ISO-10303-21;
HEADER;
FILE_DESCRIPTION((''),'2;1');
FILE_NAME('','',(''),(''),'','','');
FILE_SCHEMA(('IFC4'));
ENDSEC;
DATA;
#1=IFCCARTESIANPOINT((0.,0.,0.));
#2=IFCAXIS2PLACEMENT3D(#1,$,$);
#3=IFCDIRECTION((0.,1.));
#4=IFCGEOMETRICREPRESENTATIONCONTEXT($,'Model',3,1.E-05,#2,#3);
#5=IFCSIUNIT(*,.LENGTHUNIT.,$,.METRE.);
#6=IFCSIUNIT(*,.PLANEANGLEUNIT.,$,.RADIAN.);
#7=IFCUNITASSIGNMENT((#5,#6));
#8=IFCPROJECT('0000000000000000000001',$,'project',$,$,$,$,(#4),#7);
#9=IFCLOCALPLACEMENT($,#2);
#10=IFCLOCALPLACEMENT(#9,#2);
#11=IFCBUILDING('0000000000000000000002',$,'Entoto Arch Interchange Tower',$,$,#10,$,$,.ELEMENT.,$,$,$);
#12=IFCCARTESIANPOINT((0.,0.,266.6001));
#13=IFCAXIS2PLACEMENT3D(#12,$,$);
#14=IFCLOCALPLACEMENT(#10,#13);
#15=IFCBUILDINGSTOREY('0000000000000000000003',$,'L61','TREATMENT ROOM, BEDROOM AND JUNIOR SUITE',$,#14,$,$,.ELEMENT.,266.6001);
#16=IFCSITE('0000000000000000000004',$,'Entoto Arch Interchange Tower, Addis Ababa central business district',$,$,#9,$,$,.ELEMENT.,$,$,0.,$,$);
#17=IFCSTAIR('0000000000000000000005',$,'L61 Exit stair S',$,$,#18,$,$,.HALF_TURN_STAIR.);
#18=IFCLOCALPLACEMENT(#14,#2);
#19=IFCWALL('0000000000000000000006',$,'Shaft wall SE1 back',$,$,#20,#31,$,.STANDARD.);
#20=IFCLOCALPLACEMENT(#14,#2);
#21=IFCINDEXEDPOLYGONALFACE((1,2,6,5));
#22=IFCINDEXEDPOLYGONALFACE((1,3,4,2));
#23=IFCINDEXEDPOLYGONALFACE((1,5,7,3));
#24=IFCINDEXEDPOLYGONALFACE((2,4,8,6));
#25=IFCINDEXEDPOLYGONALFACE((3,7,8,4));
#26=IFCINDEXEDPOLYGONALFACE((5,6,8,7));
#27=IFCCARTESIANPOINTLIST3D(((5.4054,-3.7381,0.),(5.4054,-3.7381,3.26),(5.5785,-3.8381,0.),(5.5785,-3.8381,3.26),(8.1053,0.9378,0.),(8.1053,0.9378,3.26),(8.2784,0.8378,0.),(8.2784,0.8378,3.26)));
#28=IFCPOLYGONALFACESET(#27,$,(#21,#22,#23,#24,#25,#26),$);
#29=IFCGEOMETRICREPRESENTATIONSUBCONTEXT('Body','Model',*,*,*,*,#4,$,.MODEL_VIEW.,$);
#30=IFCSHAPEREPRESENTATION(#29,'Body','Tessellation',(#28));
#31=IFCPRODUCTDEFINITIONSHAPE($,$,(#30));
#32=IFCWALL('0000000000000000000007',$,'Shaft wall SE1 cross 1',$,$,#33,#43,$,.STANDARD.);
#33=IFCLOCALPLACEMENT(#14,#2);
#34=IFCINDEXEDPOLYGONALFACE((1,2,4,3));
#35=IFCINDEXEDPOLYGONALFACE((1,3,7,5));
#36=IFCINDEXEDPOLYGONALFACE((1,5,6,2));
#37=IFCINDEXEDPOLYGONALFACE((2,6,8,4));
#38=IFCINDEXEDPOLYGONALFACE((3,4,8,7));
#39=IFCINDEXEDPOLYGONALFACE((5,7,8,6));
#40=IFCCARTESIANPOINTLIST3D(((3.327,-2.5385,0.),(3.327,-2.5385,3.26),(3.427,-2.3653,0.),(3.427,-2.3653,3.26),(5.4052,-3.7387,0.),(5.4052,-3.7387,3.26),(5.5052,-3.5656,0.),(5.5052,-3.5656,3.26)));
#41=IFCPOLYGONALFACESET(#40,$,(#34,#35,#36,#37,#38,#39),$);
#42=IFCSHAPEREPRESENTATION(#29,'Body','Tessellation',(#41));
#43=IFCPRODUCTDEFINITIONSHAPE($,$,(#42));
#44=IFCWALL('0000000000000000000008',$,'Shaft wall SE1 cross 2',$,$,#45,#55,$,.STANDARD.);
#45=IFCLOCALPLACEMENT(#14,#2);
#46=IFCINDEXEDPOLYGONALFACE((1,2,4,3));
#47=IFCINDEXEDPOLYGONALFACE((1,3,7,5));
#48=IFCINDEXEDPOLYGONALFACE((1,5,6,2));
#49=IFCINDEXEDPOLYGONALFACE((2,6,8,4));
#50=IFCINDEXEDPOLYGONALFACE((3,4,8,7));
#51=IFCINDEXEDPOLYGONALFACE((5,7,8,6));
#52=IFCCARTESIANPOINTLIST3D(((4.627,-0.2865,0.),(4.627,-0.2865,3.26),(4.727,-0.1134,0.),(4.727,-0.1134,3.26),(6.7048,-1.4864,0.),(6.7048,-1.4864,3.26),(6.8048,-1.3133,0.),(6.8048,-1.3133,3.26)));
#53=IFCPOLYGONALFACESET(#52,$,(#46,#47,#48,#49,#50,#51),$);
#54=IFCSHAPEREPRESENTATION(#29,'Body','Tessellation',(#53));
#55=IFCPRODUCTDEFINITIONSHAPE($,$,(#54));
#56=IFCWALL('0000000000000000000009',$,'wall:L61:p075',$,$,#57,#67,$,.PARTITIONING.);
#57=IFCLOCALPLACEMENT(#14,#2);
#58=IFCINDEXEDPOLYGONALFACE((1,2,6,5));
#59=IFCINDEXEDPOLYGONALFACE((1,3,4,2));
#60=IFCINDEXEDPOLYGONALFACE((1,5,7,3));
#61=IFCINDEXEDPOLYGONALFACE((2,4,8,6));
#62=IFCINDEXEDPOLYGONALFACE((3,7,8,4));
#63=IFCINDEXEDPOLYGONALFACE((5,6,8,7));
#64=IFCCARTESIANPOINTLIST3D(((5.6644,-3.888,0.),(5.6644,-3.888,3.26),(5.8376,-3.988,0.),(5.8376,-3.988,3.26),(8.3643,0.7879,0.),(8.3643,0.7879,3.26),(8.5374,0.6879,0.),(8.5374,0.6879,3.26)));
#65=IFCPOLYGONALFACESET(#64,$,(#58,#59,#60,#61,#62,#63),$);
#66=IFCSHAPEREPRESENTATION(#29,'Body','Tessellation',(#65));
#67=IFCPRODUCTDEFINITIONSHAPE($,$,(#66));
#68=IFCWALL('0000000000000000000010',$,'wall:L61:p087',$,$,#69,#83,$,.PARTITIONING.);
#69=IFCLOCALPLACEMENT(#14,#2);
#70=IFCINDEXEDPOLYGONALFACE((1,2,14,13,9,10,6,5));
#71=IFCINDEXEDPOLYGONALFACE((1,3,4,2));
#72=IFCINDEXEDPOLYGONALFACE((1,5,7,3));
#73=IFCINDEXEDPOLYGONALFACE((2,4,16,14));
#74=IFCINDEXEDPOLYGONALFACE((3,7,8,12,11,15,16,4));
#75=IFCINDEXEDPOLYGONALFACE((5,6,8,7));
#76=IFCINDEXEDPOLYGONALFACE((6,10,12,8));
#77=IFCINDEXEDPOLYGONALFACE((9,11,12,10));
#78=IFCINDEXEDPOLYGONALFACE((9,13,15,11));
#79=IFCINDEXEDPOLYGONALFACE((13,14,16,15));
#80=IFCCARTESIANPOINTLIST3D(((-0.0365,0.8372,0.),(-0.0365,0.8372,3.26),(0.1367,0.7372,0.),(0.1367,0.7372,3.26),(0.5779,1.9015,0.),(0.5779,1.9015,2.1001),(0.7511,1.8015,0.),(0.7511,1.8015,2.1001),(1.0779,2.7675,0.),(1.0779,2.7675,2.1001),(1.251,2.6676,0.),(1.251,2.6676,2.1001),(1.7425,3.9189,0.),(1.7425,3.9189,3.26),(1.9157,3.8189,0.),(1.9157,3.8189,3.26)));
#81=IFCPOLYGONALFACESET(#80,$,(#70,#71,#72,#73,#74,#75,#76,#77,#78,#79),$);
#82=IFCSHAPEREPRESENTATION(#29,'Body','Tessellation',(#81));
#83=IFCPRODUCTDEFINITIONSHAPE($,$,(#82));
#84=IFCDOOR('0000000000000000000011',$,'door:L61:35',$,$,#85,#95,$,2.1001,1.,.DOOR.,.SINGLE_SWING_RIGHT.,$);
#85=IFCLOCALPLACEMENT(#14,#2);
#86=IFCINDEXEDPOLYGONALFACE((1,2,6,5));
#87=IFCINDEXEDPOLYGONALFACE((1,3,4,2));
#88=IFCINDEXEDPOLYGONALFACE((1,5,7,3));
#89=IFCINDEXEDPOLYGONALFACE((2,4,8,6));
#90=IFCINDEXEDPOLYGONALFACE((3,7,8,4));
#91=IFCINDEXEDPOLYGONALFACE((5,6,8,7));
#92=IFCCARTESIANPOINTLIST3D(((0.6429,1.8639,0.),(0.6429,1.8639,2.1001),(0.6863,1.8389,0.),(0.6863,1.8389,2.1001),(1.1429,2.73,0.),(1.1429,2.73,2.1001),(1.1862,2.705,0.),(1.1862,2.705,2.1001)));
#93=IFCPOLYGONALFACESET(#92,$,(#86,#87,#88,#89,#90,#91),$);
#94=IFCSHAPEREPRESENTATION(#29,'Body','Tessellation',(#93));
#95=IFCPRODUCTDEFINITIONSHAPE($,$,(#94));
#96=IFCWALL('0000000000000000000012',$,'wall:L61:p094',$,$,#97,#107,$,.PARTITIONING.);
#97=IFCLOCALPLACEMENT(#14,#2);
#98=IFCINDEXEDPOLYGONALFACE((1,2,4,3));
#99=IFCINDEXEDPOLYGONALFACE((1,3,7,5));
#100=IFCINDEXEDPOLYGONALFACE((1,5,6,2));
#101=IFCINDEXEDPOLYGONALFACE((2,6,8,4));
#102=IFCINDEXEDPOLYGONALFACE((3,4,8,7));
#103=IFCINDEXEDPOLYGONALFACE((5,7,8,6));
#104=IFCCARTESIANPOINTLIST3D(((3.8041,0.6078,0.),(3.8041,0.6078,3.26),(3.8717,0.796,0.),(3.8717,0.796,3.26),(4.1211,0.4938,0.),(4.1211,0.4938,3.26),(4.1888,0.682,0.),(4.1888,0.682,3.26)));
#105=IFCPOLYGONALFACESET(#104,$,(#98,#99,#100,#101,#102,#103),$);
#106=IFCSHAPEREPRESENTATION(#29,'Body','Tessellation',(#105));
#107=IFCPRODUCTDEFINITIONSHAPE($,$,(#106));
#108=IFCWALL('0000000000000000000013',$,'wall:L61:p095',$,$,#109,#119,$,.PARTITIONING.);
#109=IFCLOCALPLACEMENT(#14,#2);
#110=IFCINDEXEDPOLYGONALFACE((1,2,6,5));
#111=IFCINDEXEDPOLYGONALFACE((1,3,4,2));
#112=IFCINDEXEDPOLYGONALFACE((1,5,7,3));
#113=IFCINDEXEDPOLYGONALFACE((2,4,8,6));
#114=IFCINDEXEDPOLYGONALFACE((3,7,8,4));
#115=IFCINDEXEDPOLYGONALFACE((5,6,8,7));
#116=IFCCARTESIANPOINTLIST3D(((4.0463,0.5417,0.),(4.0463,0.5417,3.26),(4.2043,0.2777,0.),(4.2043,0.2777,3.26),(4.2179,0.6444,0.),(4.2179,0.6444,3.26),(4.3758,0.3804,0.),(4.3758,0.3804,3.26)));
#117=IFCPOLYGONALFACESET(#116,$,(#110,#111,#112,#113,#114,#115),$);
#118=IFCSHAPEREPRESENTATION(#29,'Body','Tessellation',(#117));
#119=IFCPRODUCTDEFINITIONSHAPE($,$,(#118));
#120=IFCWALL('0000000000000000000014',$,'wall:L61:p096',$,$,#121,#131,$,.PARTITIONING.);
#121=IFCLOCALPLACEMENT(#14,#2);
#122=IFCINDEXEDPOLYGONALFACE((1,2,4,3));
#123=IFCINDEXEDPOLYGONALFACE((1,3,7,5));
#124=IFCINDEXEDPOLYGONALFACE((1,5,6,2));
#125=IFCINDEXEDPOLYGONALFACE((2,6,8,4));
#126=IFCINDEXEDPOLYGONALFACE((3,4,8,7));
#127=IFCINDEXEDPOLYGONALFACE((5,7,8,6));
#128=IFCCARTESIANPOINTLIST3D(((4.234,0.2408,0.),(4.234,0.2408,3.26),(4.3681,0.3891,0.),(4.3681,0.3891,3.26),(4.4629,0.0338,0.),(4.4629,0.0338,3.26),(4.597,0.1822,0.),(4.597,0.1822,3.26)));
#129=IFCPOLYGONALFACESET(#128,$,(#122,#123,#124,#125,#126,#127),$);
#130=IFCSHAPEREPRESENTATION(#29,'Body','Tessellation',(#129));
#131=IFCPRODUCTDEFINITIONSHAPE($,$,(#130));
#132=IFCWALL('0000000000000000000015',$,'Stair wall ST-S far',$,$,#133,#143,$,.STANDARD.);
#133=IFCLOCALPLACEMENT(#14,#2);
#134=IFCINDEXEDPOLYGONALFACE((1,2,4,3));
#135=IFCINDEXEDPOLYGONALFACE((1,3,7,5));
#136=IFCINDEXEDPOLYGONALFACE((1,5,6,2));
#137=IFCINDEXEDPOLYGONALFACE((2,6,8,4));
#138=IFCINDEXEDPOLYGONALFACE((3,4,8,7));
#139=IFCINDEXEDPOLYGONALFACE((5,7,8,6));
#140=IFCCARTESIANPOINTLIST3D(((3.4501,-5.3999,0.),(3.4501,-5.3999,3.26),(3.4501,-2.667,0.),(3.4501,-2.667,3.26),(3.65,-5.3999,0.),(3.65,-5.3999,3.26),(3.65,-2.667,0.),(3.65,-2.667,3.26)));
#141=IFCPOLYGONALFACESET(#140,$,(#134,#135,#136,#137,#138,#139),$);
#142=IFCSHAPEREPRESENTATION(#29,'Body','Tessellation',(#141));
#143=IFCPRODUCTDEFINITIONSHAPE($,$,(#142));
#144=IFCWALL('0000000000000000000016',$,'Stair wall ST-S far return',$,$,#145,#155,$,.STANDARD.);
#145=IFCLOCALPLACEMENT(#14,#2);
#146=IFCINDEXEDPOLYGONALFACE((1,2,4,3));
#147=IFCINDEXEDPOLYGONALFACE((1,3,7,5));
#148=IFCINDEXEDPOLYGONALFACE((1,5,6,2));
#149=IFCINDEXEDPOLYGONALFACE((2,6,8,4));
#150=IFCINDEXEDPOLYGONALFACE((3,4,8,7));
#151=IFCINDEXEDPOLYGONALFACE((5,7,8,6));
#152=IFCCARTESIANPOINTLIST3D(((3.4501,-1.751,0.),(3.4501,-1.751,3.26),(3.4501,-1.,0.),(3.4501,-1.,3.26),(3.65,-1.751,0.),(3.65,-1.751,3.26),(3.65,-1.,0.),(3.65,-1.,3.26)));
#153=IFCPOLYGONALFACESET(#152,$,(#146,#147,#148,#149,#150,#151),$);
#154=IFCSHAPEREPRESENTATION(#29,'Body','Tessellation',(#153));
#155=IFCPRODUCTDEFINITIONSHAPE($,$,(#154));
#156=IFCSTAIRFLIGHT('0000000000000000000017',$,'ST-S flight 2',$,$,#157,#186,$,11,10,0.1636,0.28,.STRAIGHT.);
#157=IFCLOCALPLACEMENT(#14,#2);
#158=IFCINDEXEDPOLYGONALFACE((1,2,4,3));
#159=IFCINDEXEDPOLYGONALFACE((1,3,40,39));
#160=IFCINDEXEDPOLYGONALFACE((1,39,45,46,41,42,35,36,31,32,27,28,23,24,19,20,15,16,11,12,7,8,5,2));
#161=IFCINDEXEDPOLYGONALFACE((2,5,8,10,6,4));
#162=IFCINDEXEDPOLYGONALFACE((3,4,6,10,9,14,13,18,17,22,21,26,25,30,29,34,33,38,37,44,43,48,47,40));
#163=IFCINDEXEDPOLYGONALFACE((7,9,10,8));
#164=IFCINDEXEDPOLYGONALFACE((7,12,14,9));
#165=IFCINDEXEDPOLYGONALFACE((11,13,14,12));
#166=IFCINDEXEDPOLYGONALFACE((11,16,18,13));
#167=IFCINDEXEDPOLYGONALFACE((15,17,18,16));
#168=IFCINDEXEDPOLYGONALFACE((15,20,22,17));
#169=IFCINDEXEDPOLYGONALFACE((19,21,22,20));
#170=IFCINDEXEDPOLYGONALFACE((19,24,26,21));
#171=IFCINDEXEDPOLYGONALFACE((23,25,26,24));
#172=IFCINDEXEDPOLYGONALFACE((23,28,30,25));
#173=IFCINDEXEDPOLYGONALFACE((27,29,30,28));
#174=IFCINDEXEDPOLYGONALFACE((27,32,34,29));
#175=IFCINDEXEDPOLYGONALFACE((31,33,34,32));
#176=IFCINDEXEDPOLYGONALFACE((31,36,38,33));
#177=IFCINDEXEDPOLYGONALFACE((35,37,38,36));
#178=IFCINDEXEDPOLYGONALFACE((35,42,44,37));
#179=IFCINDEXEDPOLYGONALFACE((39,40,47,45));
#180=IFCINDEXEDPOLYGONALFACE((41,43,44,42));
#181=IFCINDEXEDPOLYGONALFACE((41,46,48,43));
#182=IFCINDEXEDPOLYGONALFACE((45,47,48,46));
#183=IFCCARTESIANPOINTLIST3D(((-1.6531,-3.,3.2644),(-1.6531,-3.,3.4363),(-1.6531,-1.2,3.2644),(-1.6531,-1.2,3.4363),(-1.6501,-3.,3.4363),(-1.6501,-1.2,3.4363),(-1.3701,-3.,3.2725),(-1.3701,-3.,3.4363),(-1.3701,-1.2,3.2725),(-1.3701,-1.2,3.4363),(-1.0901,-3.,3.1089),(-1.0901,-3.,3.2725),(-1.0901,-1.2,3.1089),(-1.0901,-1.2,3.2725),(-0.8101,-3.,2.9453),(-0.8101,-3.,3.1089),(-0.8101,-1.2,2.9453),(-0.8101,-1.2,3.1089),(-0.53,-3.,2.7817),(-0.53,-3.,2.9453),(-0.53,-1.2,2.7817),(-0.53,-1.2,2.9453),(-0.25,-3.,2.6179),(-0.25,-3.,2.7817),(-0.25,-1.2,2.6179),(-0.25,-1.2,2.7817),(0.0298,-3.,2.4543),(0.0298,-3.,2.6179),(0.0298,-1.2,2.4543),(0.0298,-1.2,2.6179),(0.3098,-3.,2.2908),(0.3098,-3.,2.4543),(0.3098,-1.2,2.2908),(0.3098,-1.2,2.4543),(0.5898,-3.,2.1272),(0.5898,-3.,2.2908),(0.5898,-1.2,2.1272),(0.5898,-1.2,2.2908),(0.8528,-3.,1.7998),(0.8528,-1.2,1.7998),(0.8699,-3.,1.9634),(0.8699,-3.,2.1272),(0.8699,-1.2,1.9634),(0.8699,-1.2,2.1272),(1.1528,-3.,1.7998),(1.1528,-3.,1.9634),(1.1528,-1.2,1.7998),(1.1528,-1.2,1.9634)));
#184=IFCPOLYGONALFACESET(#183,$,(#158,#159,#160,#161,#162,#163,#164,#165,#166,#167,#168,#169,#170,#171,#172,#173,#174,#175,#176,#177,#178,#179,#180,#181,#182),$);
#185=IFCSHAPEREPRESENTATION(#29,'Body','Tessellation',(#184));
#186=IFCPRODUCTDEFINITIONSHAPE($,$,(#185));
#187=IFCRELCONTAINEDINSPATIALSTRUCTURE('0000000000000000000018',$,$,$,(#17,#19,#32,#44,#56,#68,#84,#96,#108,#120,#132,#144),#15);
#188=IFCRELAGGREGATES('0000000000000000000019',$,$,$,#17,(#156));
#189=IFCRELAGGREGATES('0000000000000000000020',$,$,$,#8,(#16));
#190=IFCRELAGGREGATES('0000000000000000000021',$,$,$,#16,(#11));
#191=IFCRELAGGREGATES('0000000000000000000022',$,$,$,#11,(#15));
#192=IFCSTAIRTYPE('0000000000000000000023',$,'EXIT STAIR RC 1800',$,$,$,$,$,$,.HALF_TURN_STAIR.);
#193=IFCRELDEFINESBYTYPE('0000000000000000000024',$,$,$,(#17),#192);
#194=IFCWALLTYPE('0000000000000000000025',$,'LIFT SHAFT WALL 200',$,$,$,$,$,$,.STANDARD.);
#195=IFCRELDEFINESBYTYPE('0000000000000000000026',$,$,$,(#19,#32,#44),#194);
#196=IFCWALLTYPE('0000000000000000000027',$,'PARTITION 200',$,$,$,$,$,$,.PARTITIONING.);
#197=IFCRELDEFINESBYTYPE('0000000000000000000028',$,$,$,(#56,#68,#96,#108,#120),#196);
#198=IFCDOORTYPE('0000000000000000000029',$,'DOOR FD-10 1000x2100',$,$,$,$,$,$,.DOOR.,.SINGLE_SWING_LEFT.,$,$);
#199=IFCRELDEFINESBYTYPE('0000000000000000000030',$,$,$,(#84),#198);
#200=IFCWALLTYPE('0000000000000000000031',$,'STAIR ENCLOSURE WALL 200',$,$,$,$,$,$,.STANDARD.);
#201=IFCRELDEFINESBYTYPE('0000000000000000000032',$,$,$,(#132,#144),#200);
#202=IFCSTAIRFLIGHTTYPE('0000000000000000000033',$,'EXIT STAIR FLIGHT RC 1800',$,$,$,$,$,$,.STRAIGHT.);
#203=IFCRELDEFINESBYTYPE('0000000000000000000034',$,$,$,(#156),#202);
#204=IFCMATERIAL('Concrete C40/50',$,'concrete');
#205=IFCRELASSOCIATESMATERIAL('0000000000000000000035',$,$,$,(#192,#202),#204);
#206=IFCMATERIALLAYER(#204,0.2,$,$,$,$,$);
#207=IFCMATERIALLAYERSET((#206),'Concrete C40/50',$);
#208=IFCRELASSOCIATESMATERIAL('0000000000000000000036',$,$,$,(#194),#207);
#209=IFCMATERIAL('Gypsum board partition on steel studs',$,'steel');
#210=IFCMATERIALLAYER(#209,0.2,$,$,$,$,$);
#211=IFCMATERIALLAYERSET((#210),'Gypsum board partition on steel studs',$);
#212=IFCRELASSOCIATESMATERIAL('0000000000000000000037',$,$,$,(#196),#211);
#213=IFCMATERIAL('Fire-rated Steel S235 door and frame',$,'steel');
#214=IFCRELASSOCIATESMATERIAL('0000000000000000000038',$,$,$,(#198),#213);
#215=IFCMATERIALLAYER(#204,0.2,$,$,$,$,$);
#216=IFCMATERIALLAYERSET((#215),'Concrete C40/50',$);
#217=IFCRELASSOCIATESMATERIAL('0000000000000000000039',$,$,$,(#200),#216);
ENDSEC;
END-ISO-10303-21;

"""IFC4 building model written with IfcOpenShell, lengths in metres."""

from ifc_helpers import new_model, si_unit, direction, frame, frame_2d, origin, place, context, subcontext, project, spatial, polyline, rectangle, outline, extrude, material, layer, layer_set, type_object, element, fill, aggregate, save


model = new_model("IFC4")

# Units and contexts
model_context = context("Model", 3, precision=1e-05, world=origin(), true_north=direction((0.0, 1.0)))
body_context = subcontext(model_context, "Body", "Model", "MODEL_VIEW")
ifc_project = project(units=[si_unit("LENGTHUNIT", "METRE"), si_unit("PLANEANGLEUNIT", "RADIAN")], contexts=[model_context])

# Site, building, storey
site_placement = place(None, origin())
site = spatial("IfcSite", under=ifc_project, at=site_placement, Name="Entoto Arch Interchange Tower, Addis Ababa central business district", CompositionType="ELEMENT", RefElevation=0.0)
building_placement = place(site_placement, origin())
building = spatial("IfcBuilding", under=site, at=building_placement, Name="Entoto Arch Interchange Tower", CompositionType="ELEMENT")
storey_placement = place(building_placement, frame((0.0, 0.0, 266.6001)))
storey = spatial("IfcBuildingStorey", under=building, at=storey_placement, Name="L61", Description="TREATMENT ROOM, BEDROOM AND JUNIOR SUITE", CompositionType="ELEMENT", Elevation=266.6001)

# Shared definitions
ifc_material_1 = material(Name="Concrete C40/50", Category="concrete")

# Stair
stair_type = type_object("IfcStairType", Name="EXIT STAIR RC 1800", PredefinedType="HALF_TURN_STAIR", material=ifc_material_1)
stair_1_placement = place(storey_placement, origin())
stair_1 = element("IfcStair", 1, at=stair_1_placement, inside=storey, type_object=stair_type, Name="L61 Exit stair S", PredefinedType="HALF_TURN_STAIR")

# Shared definitions
ifc_layer_1 = layer(ifc_material_1, 0.2)
ifc_layer_set_1 = layer_set([ifc_layer_1], Name="Concrete C40/50")
wall_type_1 = type_object("IfcWallType", Name="LIFT SHAFT WALL 200", PredefinedType="STANDARD", material=ifc_layer_set_1)

# Walls
wall_1_placement = place(storey_placement, frame((5.4919, -3.7881, 0.0), z_axis=(0.0, 0.0, 1.0), x_axis=(0.500034, 0.866006, 0.0)))
element("IfcWall", 2, at=wall_1_placement, inside=storey, type_object=wall_type_1, Name="Shaft wall SE1 back", PredefinedType="STANDARD", context=body_context, shape_type="SweptSolid", body=[
    extrude(rectangle(XDim=5.3994, YDim=0.2, at=frame_2d((2.6997, 0.0))), origin(), (0.0, 0.0, 1.0), 3.26),
])
wall_2_placement = place(storey_placement, frame((3.377, -2.4519, 0.0), z_axis=(0.0, 0.0, 1.0), x_axis=(0.865955, -0.500122, 0.0)))
element("IfcWall", 3, at=wall_2_placement, inside=storey, type_object=wall_type_1, Name="Shaft wall SE1 cross 1", PredefinedType="STANDARD", context=body_context, shape_type="SweptSolid", body=[
    extrude(rectangle(XDim=2.3999, YDim=0.2, at=frame_2d((1.2, 0.0))), origin(), (0.0, 0.0, 1.0), 3.26),
])
wall_3_placement = place(storey_placement, frame((4.677, -0.2, 0.0), z_axis=(0.0, 0.0, 1.0), x_axis=(0.865974, -0.500089, 0.0)))
element("IfcWall", 4, at=wall_3_placement, inside=storey, type_object=wall_type_1, Name="Shaft wall SE1 cross 2", PredefinedType="STANDARD", context=body_context, shape_type="SweptSolid", body=[
    extrude(rectangle(XDim=2.3994, YDim=0.2, at=frame_2d((1.1997, 0.0))), origin(), (0.0, 0.0, 1.0), 3.26),
])
ifc_material_2 = material(Name="Gypsum board partition on steel studs", Category="steel")
ifc_layer_2 = layer(ifc_material_2, 0.2)
ifc_layer_set_2 = layer_set([ifc_layer_2], Name="Gypsum board partition on steel studs")
wall_type_2 = type_object("IfcWallType", Name="PARTITION 200", PredefinedType="PARTITIONING", material=ifc_layer_set_2)
wall_4_placement = place(storey_placement, frame((5.751, -3.938, 0.0), z_axis=(0.0, 0.0, 1.0), x_axis=(0.500034, 0.866006, 0.0)))
element("IfcWall", 5, at=wall_4_placement, inside=storey, type_object=wall_type_2, Name="wall:L61:p075", PredefinedType="PARTITIONING", context=body_context, shape_type="SweptSolid", body=[
    extrude(rectangle(XDim=5.3994, YDim=0.2, at=frame_2d((2.6997, 0.0))), origin(), (0.0, 0.0, 1.0), 3.26),
])

# Wall, opening, door
wall_5_placement = place(storey_placement, frame((0.05, 0.7871, 0.0), z_axis=(0.0, 0.0, 1.0), x_axis=(0.499954, 0.866052, 0.0)))
wall_5 = element("IfcWall", 6, at=wall_5_placement, inside=storey, type_object=wall_type_2, Name="wall:L61:p087", PredefinedType="PARTITIONING", context=body_context, shape_type="SweptSolid", body=[
    extrude(rectangle(XDim=3.5583, YDim=0.2, at=frame_2d((1.7793, 0.0))), origin(), (0.0, 0.0, 1.0), 3.26),
])
opening_1_placement = place(wall_5_placement, frame((1.229, 0.0, 0.0)))
opening_1 = element("IfcOpeningElement", 7, at=opening_1_placement, cuts=wall_5, PredefinedType="OPENING", context=body_context, shape_type="SweptSolid", body=[
    extrude(rectangle(XDim=1.0, YDim=2.1001, at=frame_2d((0.5, 1.05))), frame((0.0, 0.1099, 0.0), z_axis=(0.0, -1.0, 0.0), x_axis=(1.0, 0.0, 0.0)), (0.0, 0.0, 1.0), 0.22),
])
ifc_material_3 = material(Name="Fire-rated Steel S235 door and frame", Category="steel")
door_type_1 = type_object("IfcDoorType", Name="DOOR FD-10 1000x2100", OperationType="SINGLE_SWING_LEFT", PredefinedType="DOOR", material=ifc_material_3)
door_1_placement = place(opening_1_placement, origin())
door_1 = element("IfcDoor", 8, at=door_1_placement, inside=storey, type_object=door_type_1, Name="door:L61:35", OperationType="SINGLE_SWING_RIGHT", OverallHeight=2.1001, OverallWidth=1.0, PredefinedType="DOOR", context=body_context, shape_type="SweptSolid", body=[
    extrude(rectangle(XDim=1.0, YDim=2.1001, at=frame_2d((0.5, 1.05))), frame((0.0, 0.0249, 0.0), z_axis=(0.0, -1.0, 0.0), x_axis=(1.0, 0.0, 0.0)), (0.0, 0.0, 1.0), 0.05),
])
fill(opening_1, door_1)

# Walls
wall_6_placement = place(storey_placement, frame((3.8379, 0.7019, 0.0), z_axis=(0.0, 0.0, 1.0), x_axis=(0.941035, -0.338309, 0.0)))
element("IfcWall", 9, at=wall_6_placement, inside=storey, type_object=wall_type_2, Name="wall:L61:p094", PredefinedType="PARTITIONING", context=body_context, shape_type="SweptSolid", body=[
    extrude(rectangle(XDim=0.3369, YDim=0.2, at=frame_2d((0.1685, 0.0))), origin(), (0.0, 0.0, 1.0), 3.26),
])
wall_7_placement = place(storey_placement, frame((4.1321, 0.593, 0.0), z_axis=(0.0, 0.0, 1.0), x_axis=(0.513562, -0.858053, 0.0)))
element("IfcWall", 10, at=wall_7_placement, inside=storey, type_object=wall_type_2, Name="wall:L61:p095", PredefinedType="PARTITIONING", context=body_context, shape_type="SweptSolid", body=[
    extrude(rectangle(XDim=0.3076, YDim=0.2, at=frame_2d((0.1538, 0.0))), origin(), (0.0, 0.0, 1.0), 3.26),
])
wall_8_placement = place(storey_placement, frame((4.301, 0.3149, 0.0), z_axis=(0.0, 0.0, 1.0), x_axis=(0.741798, -0.670623, 0.0)))
element("IfcWall", 11, at=wall_8_placement, inside=storey, type_object=wall_type_2, Name="wall:L61:p096", PredefinedType="PARTITIONING", context=body_context, shape_type="SweptSolid", body=[
    extrude(rectangle(XDim=0.3086, YDim=0.2, at=frame_2d((0.1543, 0.0))), origin(), (0.0, 0.0, 1.0), 3.26),
])
ifc_layer_3 = layer(ifc_material_1, 0.2)
ifc_layer_set_3 = layer_set([ifc_layer_3], Name="Concrete C40/50")
wall_type_3 = type_object("IfcWallType", Name="STAIR ENCLOSURE WALL 200", PredefinedType="STANDARD", material=ifc_layer_set_3)
wall_9_placement = place(storey_placement, frame((3.55, -2.667, 0.0), z_axis=(0.0, 0.0, 1.0), x_axis=(0.0, -1.0, 0.0)))
element("IfcWall", 12, at=wall_9_placement, inside=storey, type_object=wall_type_3, Name="Stair wall ST-S far", PredefinedType="STANDARD", context=body_context, shape_type="SweptSolid", body=[
    extrude(rectangle(XDim=2.7329, YDim=0.2, at=frame_2d((1.3665, 0.0))), origin(), (0.0, 0.0, 1.0), 3.26),
])
wall_10_placement = place(storey_placement, frame((3.55, -1.0, 0.0), z_axis=(0.0, 0.0, 1.0), x_axis=(0.0, -1.0, 0.0)))
element("IfcWall", 13, at=wall_10_placement, inside=storey, type_object=wall_type_3, Name="Stair wall ST-S far return", PredefinedType="STANDARD", context=body_context, shape_type="SweptSolid", body=[
    extrude(rectangle(XDim=0.751, YDim=0.2, at=frame_2d((0.3755, 0.0))), origin(), (0.0, 0.0, 1.0), 3.26),
])

# Stair flight
stair_flight_type = type_object("IfcStairFlightType", Name="EXIT STAIR FLIGHT RC 1800", PredefinedType="STRAIGHT", material=ifc_material_1)
stair_flight_placement = place(storey_placement, frame((1.1499, -2.1001, 1.7998), z_axis=(0.0, 0.0, 1.0), x_axis=(-1.0, 0.0, 0.0)))
stair_flight = element("IfcStairFlight", 14, at=stair_flight_placement, type_object=stair_flight_type, Name="ST-S flight 2", NumberOfRisers=11, NumberOfTreads=10, PredefinedType="STRAIGHT", RiserHeight=0.1636, TreadLength=0.28, context=body_context, shape_type="SweptSolid", body=[
    extrude(outline(polyline([(-0.0029, 0.0), (-0.0029, 0.1636), (0.28, 0.1636), (0.28, 0.3274), (0.5601, 0.3274), (0.5601, 0.491), (0.8401, 0.491), (0.8401, 0.6545), (1.1201, 0.6545), (1.1201, 0.8181), (1.3999, 0.8181), (1.3999, 0.9819), (1.6799, 0.9819), (1.6799, 1.1455), (1.96, 1.1455), (1.96, 1.3091), (2.24, 1.3091), (2.24, 1.4727), (2.52, 1.4727), (2.52, 1.6365), (2.8, 1.6365), (2.803, 1.6365), (2.803, 1.4646), (0.2971, 0.0), (-0.0029, 0.0)])), frame((0.0, 0.8999, 0.0), z_axis=(0.0, -1.0, 0.0), x_axis=(1.0, 0.0, 0.0)), (0.0, 0.0, 1.0), 1.8),
])
aggregate(stair_1, [stair_flight])

save(model, "model.ifc")
